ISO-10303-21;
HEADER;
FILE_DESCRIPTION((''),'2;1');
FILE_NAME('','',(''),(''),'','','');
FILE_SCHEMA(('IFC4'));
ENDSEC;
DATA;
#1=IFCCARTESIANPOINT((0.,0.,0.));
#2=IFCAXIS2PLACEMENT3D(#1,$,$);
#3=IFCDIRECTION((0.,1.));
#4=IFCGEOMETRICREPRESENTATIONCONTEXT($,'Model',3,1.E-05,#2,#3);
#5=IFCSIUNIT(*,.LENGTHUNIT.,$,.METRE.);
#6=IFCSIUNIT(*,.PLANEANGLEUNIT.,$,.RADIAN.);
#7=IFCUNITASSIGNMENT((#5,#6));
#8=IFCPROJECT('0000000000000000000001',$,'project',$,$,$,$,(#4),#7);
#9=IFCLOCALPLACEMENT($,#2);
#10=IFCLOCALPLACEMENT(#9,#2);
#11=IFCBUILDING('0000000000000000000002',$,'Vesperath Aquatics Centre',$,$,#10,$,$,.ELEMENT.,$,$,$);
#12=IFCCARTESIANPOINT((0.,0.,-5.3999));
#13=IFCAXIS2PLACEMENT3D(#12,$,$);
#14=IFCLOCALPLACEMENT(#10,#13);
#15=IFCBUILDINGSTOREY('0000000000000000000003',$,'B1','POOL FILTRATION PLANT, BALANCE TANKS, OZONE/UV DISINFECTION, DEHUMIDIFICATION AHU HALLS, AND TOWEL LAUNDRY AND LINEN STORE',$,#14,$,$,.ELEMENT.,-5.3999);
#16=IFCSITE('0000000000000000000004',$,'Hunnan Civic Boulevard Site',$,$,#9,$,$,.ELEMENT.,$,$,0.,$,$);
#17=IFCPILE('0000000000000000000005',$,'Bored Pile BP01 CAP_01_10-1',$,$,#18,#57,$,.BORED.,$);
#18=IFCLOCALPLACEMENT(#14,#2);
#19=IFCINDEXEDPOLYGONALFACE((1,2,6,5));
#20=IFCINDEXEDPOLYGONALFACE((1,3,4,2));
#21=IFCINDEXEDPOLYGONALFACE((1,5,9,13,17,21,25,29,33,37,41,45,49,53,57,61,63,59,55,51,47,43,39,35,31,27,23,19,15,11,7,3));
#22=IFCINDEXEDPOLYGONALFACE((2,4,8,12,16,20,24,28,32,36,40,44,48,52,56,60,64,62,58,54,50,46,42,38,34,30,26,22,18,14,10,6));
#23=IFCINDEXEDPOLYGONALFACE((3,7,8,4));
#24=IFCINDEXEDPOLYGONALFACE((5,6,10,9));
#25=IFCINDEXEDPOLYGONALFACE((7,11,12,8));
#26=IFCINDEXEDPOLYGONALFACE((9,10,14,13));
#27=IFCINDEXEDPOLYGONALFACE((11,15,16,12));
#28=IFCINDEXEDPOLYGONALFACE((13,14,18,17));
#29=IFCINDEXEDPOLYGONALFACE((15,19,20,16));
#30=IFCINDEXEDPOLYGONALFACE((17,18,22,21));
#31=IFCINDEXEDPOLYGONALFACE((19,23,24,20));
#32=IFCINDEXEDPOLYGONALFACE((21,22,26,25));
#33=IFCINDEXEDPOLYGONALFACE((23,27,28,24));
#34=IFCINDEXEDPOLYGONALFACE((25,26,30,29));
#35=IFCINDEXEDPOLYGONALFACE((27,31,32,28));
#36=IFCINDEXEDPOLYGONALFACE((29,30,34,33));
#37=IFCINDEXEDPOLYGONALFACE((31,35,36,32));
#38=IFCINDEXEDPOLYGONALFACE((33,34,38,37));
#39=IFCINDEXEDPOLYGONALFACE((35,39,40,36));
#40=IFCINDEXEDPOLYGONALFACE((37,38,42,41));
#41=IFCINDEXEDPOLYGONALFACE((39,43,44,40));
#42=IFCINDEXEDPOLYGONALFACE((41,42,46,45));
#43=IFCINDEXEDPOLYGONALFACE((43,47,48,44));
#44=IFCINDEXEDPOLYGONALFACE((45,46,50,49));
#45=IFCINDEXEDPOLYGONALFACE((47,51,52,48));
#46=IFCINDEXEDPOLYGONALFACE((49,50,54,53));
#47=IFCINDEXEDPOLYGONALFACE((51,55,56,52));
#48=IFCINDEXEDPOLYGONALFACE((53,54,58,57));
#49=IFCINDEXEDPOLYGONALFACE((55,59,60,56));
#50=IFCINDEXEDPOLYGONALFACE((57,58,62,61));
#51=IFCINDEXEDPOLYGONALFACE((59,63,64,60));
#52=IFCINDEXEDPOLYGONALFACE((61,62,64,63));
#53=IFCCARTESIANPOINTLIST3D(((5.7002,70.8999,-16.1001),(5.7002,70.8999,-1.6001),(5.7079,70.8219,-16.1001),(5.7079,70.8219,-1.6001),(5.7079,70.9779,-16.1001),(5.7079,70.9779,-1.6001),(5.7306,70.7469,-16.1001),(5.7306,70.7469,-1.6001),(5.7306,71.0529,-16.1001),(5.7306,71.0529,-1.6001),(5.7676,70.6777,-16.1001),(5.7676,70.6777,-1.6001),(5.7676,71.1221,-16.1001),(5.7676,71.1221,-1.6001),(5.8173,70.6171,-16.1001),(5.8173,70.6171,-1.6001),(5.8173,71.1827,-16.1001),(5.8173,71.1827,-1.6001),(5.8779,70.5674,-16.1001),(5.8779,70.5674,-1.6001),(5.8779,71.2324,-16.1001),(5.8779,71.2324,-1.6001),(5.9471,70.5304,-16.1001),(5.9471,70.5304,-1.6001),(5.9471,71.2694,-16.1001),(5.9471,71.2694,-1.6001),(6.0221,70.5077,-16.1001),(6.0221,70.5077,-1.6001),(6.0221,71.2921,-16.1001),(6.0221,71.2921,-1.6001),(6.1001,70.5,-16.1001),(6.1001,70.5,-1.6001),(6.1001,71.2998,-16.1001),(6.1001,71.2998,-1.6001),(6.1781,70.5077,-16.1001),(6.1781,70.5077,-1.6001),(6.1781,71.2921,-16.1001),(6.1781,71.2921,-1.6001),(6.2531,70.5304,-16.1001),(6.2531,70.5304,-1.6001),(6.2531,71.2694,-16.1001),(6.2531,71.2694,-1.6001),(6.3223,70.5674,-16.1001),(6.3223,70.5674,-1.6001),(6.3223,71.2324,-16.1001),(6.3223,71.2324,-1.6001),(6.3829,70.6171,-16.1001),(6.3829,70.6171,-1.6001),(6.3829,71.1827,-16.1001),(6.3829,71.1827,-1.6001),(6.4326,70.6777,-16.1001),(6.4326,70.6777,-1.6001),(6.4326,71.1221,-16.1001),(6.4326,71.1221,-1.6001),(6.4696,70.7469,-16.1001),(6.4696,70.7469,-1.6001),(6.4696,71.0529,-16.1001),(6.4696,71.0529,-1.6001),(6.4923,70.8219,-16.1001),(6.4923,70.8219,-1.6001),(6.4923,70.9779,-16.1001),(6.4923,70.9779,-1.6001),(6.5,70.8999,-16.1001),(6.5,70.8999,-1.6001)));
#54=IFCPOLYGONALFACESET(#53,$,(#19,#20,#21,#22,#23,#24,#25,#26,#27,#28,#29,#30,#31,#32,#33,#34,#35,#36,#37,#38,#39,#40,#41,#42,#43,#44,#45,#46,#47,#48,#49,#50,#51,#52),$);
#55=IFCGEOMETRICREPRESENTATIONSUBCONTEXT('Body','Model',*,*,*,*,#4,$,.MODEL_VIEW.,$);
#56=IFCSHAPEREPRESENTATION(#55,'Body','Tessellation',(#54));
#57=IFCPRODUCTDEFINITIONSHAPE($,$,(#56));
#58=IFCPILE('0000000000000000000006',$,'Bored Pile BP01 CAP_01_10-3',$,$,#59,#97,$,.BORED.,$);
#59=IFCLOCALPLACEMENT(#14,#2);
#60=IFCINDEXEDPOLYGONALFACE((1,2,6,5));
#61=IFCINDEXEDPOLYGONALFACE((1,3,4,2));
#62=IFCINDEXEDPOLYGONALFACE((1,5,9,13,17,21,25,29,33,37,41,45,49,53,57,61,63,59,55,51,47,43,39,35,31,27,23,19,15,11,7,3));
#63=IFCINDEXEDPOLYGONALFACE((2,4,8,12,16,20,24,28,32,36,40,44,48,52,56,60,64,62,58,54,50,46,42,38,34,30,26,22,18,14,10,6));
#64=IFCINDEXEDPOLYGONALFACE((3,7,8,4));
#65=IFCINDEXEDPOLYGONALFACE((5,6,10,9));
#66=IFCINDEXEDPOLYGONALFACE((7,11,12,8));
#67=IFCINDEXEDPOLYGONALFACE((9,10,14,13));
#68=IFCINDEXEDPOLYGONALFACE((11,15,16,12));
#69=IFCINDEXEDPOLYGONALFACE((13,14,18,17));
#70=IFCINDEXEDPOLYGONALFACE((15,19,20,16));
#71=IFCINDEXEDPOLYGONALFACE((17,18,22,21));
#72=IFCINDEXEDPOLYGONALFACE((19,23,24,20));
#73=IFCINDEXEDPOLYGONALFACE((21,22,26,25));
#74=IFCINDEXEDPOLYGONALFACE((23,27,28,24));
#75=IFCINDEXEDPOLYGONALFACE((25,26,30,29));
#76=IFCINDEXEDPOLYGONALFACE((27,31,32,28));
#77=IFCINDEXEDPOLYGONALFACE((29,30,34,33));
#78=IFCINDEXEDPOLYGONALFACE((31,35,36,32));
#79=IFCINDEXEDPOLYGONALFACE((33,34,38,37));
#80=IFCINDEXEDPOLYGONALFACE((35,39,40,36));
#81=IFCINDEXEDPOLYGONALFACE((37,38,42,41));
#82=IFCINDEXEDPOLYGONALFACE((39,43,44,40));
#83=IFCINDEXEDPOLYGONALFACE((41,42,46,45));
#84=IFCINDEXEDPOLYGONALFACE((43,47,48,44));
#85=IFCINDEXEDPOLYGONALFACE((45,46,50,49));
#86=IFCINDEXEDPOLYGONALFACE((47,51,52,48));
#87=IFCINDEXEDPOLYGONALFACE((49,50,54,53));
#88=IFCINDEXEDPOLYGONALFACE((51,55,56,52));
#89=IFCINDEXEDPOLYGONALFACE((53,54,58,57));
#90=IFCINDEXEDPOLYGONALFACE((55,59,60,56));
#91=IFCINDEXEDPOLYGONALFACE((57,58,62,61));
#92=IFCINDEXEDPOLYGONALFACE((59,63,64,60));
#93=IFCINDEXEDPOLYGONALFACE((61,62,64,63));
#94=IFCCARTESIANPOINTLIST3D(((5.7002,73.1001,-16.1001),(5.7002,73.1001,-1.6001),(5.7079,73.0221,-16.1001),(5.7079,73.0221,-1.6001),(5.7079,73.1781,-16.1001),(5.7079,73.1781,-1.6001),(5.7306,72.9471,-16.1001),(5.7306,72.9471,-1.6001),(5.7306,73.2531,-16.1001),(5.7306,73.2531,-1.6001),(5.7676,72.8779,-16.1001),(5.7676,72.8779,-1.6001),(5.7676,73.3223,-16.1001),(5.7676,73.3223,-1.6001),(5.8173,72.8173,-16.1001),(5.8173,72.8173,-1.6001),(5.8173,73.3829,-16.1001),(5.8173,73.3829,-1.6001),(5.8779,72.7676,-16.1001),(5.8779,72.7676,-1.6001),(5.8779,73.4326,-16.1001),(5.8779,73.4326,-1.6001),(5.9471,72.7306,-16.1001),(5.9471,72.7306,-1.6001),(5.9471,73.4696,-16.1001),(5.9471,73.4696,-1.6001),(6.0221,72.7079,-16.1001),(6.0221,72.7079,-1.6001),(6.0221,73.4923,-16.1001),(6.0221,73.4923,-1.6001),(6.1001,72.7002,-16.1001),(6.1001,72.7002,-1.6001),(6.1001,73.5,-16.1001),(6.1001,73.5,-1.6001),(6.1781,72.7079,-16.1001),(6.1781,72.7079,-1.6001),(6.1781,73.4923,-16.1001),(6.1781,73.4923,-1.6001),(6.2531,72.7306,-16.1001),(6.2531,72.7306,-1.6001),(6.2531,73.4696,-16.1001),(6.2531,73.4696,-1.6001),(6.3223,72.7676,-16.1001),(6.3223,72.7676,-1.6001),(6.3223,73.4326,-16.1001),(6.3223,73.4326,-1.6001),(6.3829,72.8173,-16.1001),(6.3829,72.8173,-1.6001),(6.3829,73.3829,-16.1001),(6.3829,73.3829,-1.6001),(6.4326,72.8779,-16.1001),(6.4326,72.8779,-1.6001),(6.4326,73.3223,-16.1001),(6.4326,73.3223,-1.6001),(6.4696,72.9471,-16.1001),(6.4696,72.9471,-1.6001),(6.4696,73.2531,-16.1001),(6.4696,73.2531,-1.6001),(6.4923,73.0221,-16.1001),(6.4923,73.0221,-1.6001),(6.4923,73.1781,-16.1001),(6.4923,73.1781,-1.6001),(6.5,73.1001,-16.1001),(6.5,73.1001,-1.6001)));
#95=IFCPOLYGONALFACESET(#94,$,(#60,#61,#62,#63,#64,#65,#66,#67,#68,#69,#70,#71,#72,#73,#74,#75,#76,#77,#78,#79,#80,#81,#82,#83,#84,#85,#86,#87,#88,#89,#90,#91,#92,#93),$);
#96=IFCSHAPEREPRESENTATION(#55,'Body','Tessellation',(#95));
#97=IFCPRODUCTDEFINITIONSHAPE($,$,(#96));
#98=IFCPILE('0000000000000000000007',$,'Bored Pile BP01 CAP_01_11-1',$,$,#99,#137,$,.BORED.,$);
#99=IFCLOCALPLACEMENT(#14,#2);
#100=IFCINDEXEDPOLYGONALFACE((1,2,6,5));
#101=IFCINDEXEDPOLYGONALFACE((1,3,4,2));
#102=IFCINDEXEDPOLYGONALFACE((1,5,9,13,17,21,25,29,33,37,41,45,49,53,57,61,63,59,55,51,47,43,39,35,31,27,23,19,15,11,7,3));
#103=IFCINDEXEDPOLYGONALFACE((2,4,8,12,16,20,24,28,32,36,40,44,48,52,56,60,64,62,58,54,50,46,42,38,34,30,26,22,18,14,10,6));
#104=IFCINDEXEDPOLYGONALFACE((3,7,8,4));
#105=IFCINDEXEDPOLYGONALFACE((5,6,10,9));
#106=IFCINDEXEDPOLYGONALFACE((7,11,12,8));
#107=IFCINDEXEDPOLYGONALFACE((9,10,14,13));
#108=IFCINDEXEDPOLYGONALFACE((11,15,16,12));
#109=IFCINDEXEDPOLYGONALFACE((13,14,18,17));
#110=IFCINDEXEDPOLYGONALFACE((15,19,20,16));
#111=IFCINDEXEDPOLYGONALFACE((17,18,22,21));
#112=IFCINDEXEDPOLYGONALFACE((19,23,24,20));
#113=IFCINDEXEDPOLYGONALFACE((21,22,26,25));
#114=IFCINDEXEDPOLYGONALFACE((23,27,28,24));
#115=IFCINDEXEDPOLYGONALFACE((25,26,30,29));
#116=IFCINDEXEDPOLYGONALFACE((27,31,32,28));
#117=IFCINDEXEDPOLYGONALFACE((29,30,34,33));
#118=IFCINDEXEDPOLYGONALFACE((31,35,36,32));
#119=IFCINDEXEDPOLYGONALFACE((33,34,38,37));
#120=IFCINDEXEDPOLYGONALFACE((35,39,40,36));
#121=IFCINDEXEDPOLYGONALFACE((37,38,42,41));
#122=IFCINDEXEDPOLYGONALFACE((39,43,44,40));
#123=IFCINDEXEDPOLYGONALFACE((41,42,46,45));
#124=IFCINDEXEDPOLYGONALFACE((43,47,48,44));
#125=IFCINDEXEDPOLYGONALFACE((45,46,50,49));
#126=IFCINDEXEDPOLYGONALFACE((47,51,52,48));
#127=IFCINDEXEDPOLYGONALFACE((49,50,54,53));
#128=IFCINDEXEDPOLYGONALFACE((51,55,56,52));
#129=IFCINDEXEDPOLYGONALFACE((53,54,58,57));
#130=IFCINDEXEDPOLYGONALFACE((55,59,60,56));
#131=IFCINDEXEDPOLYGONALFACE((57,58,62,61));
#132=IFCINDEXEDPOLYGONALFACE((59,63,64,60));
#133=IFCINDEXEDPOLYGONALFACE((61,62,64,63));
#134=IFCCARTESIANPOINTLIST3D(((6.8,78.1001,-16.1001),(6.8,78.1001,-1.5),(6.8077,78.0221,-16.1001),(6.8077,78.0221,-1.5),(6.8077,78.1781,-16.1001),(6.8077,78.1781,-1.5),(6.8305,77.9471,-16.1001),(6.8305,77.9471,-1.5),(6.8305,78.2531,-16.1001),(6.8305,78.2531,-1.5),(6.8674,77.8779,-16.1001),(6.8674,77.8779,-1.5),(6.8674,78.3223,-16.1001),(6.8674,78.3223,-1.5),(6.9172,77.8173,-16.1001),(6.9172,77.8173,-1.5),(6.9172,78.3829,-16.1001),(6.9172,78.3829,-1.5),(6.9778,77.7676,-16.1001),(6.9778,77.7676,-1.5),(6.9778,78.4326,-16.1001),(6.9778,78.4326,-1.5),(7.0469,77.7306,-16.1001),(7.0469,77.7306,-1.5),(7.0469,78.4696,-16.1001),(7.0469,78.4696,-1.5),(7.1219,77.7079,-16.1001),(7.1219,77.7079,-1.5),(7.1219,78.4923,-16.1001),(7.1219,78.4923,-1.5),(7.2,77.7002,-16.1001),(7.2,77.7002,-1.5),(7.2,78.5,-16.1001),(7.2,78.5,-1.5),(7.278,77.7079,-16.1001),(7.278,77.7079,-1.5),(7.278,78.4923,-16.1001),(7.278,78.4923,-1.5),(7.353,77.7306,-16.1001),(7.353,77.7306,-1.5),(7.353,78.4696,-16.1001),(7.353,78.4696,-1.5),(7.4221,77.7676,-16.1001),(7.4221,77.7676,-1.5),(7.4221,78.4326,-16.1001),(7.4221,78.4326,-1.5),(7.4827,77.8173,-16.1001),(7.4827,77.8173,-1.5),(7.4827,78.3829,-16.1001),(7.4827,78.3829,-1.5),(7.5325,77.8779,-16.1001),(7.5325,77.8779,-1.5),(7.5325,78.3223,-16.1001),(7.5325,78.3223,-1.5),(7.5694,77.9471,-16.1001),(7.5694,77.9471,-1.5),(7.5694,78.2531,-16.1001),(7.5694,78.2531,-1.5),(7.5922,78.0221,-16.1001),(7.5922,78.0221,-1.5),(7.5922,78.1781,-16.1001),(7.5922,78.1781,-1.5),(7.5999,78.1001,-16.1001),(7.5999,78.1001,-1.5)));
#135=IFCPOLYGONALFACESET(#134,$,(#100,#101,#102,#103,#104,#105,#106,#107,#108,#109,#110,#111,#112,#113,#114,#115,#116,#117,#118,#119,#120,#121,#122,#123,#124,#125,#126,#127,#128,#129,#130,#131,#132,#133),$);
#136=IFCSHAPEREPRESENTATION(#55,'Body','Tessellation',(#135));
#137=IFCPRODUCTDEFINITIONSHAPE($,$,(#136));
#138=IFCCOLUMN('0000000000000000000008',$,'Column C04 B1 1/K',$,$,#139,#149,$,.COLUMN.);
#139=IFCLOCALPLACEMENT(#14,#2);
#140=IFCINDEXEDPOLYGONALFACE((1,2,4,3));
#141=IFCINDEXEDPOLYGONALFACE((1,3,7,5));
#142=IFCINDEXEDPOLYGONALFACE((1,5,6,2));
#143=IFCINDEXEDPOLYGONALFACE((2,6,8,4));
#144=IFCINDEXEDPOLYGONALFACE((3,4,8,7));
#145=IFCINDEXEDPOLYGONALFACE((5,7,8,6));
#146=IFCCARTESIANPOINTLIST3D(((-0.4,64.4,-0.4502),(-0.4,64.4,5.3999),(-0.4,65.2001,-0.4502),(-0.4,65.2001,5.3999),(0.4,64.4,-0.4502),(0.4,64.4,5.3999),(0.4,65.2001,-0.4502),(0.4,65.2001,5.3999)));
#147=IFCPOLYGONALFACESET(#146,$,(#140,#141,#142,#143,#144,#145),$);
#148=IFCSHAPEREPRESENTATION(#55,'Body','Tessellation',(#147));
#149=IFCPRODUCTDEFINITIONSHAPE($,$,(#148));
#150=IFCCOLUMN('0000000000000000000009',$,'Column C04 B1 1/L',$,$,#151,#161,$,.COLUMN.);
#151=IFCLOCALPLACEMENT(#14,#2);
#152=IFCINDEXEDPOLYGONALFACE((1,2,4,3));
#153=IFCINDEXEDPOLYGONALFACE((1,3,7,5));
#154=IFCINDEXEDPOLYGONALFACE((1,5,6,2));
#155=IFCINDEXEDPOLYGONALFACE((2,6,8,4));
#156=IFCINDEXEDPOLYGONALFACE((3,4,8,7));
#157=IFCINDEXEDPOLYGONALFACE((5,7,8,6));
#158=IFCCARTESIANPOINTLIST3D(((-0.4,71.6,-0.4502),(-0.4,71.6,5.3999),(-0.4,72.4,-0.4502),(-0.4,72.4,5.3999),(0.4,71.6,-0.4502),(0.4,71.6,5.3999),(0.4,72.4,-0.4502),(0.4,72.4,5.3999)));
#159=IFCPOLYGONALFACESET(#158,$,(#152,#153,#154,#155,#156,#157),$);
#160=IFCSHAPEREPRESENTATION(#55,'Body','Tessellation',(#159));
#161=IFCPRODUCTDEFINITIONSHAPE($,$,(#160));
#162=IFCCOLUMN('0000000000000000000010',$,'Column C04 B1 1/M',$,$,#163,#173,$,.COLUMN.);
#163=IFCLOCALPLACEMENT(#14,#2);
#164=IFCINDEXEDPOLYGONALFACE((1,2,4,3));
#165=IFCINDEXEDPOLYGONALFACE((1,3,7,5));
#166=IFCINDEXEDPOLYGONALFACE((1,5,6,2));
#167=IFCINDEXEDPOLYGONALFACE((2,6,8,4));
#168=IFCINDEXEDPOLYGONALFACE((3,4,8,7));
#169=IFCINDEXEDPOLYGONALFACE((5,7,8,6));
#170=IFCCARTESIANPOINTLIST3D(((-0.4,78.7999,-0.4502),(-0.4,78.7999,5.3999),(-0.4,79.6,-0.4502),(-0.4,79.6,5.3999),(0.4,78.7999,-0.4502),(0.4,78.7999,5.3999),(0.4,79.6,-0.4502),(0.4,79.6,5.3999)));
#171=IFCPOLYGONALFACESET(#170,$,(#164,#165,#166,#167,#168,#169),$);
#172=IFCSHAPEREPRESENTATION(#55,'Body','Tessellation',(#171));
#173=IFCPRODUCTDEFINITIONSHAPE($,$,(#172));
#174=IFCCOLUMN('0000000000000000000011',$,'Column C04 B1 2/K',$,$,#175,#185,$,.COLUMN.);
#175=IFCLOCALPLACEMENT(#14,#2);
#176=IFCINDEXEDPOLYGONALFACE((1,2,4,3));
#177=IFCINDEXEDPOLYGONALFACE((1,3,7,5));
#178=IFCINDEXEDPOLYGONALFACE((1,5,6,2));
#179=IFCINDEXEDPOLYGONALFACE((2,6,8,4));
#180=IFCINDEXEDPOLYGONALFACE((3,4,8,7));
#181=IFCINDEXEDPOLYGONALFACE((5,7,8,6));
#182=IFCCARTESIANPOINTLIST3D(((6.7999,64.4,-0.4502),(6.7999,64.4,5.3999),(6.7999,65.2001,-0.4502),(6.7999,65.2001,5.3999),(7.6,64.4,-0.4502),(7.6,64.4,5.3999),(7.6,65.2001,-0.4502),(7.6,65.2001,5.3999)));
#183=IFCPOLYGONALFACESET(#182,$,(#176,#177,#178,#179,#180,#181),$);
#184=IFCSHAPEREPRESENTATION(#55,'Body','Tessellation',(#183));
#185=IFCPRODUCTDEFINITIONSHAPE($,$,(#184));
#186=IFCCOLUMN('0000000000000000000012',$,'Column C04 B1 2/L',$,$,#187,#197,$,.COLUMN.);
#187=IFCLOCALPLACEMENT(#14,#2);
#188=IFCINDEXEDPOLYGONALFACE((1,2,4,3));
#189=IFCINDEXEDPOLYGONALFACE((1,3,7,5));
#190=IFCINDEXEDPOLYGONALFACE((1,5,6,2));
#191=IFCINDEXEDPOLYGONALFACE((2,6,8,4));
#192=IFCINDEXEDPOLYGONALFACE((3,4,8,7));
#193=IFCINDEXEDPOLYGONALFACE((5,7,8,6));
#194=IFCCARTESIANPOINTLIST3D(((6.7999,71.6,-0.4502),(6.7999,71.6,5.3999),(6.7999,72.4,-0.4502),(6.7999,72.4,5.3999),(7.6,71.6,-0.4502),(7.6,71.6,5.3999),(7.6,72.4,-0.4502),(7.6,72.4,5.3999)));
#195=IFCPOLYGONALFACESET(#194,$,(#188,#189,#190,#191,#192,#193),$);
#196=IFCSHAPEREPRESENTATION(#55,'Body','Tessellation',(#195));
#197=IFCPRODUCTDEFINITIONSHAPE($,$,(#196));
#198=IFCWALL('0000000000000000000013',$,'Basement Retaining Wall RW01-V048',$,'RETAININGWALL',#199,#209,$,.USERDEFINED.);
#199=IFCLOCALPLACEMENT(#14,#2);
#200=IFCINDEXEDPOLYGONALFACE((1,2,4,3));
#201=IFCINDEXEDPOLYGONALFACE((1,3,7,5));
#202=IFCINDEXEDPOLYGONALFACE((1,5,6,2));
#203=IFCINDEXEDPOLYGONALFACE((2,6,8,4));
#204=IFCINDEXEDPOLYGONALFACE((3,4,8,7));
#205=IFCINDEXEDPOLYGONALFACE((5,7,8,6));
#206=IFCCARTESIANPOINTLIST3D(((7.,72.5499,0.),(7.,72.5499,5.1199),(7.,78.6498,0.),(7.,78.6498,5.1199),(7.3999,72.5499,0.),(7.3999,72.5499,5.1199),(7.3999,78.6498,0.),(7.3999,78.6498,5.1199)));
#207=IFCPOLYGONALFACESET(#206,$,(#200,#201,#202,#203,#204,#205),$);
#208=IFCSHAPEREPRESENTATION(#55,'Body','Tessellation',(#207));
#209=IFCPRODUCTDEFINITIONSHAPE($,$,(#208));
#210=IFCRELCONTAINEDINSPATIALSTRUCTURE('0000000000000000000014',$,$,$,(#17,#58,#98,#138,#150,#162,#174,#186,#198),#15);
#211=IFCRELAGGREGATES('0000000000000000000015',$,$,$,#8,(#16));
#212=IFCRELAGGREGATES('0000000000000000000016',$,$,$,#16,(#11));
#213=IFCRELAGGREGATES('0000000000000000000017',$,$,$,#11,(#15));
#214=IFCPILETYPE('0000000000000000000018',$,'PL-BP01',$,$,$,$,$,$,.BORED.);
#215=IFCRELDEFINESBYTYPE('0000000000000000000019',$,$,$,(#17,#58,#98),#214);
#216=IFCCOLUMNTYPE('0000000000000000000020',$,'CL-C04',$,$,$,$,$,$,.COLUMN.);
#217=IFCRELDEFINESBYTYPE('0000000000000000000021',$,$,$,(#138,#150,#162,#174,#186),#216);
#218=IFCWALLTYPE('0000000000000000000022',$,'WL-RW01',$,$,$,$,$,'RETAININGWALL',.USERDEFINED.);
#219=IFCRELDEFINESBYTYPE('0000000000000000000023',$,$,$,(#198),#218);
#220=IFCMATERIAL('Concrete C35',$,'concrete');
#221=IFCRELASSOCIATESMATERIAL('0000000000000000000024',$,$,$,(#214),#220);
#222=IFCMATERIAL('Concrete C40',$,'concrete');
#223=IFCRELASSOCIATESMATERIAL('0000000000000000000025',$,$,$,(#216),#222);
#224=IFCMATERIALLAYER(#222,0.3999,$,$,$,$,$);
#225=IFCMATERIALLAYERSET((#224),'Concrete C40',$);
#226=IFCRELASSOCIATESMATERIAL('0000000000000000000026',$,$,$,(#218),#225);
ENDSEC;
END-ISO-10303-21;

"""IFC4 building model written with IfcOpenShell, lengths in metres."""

from ifc_helpers import new_model, si_unit, direction, frame, frame_2d, origin, origin_2d, place, context, subcontext, project, spatial, rectangle, circle, extrude, material, layer, layer_set, material_profile, profile_set, type_object, element, save


model = new_model("IFC4")

# Units and contexts
model_context = context("Model", 3, precision=1e-05, world=origin(), true_north=direction((0.0, 1.0)))
body_context = subcontext(model_context, "Body", "Model", "MODEL_VIEW")
ifc_project = project(units=[si_unit("LENGTHUNIT", "METRE"), si_unit("PLANEANGLEUNIT", "RADIAN")], contexts=[model_context])

# Site, building, storey
site_placement = place(None, origin())
site = spatial("IfcSite", under=ifc_project, at=site_placement, Name="Hunnan Civic Boulevard Site", CompositionType="ELEMENT", RefElevation=0.0)
building_placement = place(site_placement, origin())
building = spatial("IfcBuilding", under=site, at=building_placement, Name="Vesperath Aquatics Centre", CompositionType="ELEMENT")
storey_placement = place(building_placement, frame((0.0, 0.0, -5.3999)))
storey = spatial("IfcBuildingStorey", under=building, at=storey_placement, Name="B1", Description="POOL FILTRATION PLANT, BALANCE TANKS, OZONE/UV DISINFECTION, DEHUMIDIFICATION AHU HALLS, AND TOWEL LAUNDRY AND LINEN STORE", CompositionType="ELEMENT", Elevation=-5.3999)

# Shared definitions
ifc_material_1 = material(Name="Concrete C40", Category="concrete")

# Piles
ifc_material_2 = material(Name="Concrete C35", Category="concrete")
ifc_material_profile_1 = material_profile(ifc_material_2, circle(Radius=0.3999, at=origin_2d()), Name="PILE D800")
ifc_profile_set_1 = profile_set([ifc_material_profile_1], Name="Concrete C35")
pile_type = type_object("IfcPileType", Name="PL-BP01", PredefinedType="BORED", material=ifc_profile_set_1)
for number, where, z_axis, x_axis, name in (
    (1, (6.1001, 70.8999, -1.6001), (0.0, 0.0, -1.0), (1.0, 0.0, 0.0), "Bored Pile BP01 CAP_01_10-1"),
    (2, (6.1001, 73.1001, -1.6001), (0.0, 0.0, -1.0), (1.0, 0.0, 0.0), "Bored Pile BP01 CAP_01_10-3"),
):
    element("IfcPile", number, at=place(storey_placement, frame(where, z_axis=z_axis, x_axis=x_axis)), inside=storey, type_object=pile_type, Name=name, PredefinedType="BORED", context=body_context, shape_type="SweptSolid", body=[
        extrude(circle(Radius=0.3999, at=origin_2d()), origin(), (0.0, 0.0, 1.0), 14.5),
    ])
pile_1_placement = place(storey_placement, frame((7.2, 78.1001, -1.5), z_axis=(0.0, 0.0, -1.0), x_axis=(1.0, 0.0, 0.0)))
element("IfcPile", 3, at=pile_1_placement, inside=storey, type_object=pile_type, Name="Bored Pile BP01 CAP_01_11-1", PredefinedType="BORED", context=body_context, shape_type="SweptSolid", body=[
    extrude(circle(Radius=0.3999, at=origin_2d()), origin(), (0.0, 0.0, 1.0), 14.6001),
])

# Columns
ifc_material_profile_2 = material_profile(ifc_material_1, rectangle(XDim=0.8, YDim=0.8, at=origin_2d()), Name="RC 800x800")
ifc_profile_set_2 = profile_set([ifc_material_profile_2], Name="Concrete C40")
column_type = type_object("IfcColumnType", Name="CL-C04", PredefinedType="COLUMN", material=ifc_profile_set_2)
for number, where, z_axis, x_axis, name in (
    (4, (0.0, 64.8, -0.4502), (0.0, 0.0, 1.0), (1.0, 0.0, 0.0), "Column C04 B1 1/K"),
    (5, (0.0, 72.0, -0.4502), (0.0, 0.0, 1.0), (1.0, 0.0, 0.0), "Column C04 B1 1/L"),
    (6, (0.0, 79.2, -0.4502), (0.0, 0.0, 1.0), (1.0, 0.0, 0.0), "Column C04 B1 1/M"),
    (7, (7.2, 64.8, -0.4502), (0.0, 0.0, 1.0), (1.0, 0.0, 0.0), "Column C04 B1 2/K"),
    (8, (7.2, 72.0, -0.4502), (0.0, 0.0, 1.0), (1.0, 0.0, 0.0), "Column C04 B1 2/L"),
):
    element("IfcColumn", number, at=place(storey_placement, frame(where, z_axis=z_axis, x_axis=x_axis)), inside=storey, type_object=column_type, Name=name, PredefinedType="COLUMN", context=body_context, shape_type="SweptSolid", body=[
        extrude(rectangle(XDim=0.8, YDim=0.8, at=origin_2d()), origin(), (0.0, 0.0, 1.0), 5.8501),
    ])

# Wall
ifc_layer_1 = layer(ifc_material_1, 0.3999)
ifc_layer_set_1 = layer_set([ifc_layer_1], Name="Concrete C40")
wall_type_1 = type_object("IfcWallType", Name="WL-RW01", ElementType="RETAININGWALL", PredefinedType="USERDEFINED", material=ifc_layer_set_1)
wall_1_placement = place(storey_placement, frame((7.2, 72.55, 0.0), z_axis=(0.0, 0.0, 1.0), x_axis=(0.0, 1.0, 0.0)))
element("IfcWall", 9, at=wall_1_placement, inside=storey, type_object=wall_type_1, Name="Basement Retaining Wall RW01-V048", ObjectType="RETAININGWALL", PredefinedType="USERDEFINED", context=body_context, shape_type="SweptSolid", body=[
    extrude(rectangle(XDim=6.0999, YDim=0.3999, at=frame_2d((3.0498, 0.0))), origin(), (0.0, 0.0, 1.0), 5.1199),
])

save(model, "model.ifc")
